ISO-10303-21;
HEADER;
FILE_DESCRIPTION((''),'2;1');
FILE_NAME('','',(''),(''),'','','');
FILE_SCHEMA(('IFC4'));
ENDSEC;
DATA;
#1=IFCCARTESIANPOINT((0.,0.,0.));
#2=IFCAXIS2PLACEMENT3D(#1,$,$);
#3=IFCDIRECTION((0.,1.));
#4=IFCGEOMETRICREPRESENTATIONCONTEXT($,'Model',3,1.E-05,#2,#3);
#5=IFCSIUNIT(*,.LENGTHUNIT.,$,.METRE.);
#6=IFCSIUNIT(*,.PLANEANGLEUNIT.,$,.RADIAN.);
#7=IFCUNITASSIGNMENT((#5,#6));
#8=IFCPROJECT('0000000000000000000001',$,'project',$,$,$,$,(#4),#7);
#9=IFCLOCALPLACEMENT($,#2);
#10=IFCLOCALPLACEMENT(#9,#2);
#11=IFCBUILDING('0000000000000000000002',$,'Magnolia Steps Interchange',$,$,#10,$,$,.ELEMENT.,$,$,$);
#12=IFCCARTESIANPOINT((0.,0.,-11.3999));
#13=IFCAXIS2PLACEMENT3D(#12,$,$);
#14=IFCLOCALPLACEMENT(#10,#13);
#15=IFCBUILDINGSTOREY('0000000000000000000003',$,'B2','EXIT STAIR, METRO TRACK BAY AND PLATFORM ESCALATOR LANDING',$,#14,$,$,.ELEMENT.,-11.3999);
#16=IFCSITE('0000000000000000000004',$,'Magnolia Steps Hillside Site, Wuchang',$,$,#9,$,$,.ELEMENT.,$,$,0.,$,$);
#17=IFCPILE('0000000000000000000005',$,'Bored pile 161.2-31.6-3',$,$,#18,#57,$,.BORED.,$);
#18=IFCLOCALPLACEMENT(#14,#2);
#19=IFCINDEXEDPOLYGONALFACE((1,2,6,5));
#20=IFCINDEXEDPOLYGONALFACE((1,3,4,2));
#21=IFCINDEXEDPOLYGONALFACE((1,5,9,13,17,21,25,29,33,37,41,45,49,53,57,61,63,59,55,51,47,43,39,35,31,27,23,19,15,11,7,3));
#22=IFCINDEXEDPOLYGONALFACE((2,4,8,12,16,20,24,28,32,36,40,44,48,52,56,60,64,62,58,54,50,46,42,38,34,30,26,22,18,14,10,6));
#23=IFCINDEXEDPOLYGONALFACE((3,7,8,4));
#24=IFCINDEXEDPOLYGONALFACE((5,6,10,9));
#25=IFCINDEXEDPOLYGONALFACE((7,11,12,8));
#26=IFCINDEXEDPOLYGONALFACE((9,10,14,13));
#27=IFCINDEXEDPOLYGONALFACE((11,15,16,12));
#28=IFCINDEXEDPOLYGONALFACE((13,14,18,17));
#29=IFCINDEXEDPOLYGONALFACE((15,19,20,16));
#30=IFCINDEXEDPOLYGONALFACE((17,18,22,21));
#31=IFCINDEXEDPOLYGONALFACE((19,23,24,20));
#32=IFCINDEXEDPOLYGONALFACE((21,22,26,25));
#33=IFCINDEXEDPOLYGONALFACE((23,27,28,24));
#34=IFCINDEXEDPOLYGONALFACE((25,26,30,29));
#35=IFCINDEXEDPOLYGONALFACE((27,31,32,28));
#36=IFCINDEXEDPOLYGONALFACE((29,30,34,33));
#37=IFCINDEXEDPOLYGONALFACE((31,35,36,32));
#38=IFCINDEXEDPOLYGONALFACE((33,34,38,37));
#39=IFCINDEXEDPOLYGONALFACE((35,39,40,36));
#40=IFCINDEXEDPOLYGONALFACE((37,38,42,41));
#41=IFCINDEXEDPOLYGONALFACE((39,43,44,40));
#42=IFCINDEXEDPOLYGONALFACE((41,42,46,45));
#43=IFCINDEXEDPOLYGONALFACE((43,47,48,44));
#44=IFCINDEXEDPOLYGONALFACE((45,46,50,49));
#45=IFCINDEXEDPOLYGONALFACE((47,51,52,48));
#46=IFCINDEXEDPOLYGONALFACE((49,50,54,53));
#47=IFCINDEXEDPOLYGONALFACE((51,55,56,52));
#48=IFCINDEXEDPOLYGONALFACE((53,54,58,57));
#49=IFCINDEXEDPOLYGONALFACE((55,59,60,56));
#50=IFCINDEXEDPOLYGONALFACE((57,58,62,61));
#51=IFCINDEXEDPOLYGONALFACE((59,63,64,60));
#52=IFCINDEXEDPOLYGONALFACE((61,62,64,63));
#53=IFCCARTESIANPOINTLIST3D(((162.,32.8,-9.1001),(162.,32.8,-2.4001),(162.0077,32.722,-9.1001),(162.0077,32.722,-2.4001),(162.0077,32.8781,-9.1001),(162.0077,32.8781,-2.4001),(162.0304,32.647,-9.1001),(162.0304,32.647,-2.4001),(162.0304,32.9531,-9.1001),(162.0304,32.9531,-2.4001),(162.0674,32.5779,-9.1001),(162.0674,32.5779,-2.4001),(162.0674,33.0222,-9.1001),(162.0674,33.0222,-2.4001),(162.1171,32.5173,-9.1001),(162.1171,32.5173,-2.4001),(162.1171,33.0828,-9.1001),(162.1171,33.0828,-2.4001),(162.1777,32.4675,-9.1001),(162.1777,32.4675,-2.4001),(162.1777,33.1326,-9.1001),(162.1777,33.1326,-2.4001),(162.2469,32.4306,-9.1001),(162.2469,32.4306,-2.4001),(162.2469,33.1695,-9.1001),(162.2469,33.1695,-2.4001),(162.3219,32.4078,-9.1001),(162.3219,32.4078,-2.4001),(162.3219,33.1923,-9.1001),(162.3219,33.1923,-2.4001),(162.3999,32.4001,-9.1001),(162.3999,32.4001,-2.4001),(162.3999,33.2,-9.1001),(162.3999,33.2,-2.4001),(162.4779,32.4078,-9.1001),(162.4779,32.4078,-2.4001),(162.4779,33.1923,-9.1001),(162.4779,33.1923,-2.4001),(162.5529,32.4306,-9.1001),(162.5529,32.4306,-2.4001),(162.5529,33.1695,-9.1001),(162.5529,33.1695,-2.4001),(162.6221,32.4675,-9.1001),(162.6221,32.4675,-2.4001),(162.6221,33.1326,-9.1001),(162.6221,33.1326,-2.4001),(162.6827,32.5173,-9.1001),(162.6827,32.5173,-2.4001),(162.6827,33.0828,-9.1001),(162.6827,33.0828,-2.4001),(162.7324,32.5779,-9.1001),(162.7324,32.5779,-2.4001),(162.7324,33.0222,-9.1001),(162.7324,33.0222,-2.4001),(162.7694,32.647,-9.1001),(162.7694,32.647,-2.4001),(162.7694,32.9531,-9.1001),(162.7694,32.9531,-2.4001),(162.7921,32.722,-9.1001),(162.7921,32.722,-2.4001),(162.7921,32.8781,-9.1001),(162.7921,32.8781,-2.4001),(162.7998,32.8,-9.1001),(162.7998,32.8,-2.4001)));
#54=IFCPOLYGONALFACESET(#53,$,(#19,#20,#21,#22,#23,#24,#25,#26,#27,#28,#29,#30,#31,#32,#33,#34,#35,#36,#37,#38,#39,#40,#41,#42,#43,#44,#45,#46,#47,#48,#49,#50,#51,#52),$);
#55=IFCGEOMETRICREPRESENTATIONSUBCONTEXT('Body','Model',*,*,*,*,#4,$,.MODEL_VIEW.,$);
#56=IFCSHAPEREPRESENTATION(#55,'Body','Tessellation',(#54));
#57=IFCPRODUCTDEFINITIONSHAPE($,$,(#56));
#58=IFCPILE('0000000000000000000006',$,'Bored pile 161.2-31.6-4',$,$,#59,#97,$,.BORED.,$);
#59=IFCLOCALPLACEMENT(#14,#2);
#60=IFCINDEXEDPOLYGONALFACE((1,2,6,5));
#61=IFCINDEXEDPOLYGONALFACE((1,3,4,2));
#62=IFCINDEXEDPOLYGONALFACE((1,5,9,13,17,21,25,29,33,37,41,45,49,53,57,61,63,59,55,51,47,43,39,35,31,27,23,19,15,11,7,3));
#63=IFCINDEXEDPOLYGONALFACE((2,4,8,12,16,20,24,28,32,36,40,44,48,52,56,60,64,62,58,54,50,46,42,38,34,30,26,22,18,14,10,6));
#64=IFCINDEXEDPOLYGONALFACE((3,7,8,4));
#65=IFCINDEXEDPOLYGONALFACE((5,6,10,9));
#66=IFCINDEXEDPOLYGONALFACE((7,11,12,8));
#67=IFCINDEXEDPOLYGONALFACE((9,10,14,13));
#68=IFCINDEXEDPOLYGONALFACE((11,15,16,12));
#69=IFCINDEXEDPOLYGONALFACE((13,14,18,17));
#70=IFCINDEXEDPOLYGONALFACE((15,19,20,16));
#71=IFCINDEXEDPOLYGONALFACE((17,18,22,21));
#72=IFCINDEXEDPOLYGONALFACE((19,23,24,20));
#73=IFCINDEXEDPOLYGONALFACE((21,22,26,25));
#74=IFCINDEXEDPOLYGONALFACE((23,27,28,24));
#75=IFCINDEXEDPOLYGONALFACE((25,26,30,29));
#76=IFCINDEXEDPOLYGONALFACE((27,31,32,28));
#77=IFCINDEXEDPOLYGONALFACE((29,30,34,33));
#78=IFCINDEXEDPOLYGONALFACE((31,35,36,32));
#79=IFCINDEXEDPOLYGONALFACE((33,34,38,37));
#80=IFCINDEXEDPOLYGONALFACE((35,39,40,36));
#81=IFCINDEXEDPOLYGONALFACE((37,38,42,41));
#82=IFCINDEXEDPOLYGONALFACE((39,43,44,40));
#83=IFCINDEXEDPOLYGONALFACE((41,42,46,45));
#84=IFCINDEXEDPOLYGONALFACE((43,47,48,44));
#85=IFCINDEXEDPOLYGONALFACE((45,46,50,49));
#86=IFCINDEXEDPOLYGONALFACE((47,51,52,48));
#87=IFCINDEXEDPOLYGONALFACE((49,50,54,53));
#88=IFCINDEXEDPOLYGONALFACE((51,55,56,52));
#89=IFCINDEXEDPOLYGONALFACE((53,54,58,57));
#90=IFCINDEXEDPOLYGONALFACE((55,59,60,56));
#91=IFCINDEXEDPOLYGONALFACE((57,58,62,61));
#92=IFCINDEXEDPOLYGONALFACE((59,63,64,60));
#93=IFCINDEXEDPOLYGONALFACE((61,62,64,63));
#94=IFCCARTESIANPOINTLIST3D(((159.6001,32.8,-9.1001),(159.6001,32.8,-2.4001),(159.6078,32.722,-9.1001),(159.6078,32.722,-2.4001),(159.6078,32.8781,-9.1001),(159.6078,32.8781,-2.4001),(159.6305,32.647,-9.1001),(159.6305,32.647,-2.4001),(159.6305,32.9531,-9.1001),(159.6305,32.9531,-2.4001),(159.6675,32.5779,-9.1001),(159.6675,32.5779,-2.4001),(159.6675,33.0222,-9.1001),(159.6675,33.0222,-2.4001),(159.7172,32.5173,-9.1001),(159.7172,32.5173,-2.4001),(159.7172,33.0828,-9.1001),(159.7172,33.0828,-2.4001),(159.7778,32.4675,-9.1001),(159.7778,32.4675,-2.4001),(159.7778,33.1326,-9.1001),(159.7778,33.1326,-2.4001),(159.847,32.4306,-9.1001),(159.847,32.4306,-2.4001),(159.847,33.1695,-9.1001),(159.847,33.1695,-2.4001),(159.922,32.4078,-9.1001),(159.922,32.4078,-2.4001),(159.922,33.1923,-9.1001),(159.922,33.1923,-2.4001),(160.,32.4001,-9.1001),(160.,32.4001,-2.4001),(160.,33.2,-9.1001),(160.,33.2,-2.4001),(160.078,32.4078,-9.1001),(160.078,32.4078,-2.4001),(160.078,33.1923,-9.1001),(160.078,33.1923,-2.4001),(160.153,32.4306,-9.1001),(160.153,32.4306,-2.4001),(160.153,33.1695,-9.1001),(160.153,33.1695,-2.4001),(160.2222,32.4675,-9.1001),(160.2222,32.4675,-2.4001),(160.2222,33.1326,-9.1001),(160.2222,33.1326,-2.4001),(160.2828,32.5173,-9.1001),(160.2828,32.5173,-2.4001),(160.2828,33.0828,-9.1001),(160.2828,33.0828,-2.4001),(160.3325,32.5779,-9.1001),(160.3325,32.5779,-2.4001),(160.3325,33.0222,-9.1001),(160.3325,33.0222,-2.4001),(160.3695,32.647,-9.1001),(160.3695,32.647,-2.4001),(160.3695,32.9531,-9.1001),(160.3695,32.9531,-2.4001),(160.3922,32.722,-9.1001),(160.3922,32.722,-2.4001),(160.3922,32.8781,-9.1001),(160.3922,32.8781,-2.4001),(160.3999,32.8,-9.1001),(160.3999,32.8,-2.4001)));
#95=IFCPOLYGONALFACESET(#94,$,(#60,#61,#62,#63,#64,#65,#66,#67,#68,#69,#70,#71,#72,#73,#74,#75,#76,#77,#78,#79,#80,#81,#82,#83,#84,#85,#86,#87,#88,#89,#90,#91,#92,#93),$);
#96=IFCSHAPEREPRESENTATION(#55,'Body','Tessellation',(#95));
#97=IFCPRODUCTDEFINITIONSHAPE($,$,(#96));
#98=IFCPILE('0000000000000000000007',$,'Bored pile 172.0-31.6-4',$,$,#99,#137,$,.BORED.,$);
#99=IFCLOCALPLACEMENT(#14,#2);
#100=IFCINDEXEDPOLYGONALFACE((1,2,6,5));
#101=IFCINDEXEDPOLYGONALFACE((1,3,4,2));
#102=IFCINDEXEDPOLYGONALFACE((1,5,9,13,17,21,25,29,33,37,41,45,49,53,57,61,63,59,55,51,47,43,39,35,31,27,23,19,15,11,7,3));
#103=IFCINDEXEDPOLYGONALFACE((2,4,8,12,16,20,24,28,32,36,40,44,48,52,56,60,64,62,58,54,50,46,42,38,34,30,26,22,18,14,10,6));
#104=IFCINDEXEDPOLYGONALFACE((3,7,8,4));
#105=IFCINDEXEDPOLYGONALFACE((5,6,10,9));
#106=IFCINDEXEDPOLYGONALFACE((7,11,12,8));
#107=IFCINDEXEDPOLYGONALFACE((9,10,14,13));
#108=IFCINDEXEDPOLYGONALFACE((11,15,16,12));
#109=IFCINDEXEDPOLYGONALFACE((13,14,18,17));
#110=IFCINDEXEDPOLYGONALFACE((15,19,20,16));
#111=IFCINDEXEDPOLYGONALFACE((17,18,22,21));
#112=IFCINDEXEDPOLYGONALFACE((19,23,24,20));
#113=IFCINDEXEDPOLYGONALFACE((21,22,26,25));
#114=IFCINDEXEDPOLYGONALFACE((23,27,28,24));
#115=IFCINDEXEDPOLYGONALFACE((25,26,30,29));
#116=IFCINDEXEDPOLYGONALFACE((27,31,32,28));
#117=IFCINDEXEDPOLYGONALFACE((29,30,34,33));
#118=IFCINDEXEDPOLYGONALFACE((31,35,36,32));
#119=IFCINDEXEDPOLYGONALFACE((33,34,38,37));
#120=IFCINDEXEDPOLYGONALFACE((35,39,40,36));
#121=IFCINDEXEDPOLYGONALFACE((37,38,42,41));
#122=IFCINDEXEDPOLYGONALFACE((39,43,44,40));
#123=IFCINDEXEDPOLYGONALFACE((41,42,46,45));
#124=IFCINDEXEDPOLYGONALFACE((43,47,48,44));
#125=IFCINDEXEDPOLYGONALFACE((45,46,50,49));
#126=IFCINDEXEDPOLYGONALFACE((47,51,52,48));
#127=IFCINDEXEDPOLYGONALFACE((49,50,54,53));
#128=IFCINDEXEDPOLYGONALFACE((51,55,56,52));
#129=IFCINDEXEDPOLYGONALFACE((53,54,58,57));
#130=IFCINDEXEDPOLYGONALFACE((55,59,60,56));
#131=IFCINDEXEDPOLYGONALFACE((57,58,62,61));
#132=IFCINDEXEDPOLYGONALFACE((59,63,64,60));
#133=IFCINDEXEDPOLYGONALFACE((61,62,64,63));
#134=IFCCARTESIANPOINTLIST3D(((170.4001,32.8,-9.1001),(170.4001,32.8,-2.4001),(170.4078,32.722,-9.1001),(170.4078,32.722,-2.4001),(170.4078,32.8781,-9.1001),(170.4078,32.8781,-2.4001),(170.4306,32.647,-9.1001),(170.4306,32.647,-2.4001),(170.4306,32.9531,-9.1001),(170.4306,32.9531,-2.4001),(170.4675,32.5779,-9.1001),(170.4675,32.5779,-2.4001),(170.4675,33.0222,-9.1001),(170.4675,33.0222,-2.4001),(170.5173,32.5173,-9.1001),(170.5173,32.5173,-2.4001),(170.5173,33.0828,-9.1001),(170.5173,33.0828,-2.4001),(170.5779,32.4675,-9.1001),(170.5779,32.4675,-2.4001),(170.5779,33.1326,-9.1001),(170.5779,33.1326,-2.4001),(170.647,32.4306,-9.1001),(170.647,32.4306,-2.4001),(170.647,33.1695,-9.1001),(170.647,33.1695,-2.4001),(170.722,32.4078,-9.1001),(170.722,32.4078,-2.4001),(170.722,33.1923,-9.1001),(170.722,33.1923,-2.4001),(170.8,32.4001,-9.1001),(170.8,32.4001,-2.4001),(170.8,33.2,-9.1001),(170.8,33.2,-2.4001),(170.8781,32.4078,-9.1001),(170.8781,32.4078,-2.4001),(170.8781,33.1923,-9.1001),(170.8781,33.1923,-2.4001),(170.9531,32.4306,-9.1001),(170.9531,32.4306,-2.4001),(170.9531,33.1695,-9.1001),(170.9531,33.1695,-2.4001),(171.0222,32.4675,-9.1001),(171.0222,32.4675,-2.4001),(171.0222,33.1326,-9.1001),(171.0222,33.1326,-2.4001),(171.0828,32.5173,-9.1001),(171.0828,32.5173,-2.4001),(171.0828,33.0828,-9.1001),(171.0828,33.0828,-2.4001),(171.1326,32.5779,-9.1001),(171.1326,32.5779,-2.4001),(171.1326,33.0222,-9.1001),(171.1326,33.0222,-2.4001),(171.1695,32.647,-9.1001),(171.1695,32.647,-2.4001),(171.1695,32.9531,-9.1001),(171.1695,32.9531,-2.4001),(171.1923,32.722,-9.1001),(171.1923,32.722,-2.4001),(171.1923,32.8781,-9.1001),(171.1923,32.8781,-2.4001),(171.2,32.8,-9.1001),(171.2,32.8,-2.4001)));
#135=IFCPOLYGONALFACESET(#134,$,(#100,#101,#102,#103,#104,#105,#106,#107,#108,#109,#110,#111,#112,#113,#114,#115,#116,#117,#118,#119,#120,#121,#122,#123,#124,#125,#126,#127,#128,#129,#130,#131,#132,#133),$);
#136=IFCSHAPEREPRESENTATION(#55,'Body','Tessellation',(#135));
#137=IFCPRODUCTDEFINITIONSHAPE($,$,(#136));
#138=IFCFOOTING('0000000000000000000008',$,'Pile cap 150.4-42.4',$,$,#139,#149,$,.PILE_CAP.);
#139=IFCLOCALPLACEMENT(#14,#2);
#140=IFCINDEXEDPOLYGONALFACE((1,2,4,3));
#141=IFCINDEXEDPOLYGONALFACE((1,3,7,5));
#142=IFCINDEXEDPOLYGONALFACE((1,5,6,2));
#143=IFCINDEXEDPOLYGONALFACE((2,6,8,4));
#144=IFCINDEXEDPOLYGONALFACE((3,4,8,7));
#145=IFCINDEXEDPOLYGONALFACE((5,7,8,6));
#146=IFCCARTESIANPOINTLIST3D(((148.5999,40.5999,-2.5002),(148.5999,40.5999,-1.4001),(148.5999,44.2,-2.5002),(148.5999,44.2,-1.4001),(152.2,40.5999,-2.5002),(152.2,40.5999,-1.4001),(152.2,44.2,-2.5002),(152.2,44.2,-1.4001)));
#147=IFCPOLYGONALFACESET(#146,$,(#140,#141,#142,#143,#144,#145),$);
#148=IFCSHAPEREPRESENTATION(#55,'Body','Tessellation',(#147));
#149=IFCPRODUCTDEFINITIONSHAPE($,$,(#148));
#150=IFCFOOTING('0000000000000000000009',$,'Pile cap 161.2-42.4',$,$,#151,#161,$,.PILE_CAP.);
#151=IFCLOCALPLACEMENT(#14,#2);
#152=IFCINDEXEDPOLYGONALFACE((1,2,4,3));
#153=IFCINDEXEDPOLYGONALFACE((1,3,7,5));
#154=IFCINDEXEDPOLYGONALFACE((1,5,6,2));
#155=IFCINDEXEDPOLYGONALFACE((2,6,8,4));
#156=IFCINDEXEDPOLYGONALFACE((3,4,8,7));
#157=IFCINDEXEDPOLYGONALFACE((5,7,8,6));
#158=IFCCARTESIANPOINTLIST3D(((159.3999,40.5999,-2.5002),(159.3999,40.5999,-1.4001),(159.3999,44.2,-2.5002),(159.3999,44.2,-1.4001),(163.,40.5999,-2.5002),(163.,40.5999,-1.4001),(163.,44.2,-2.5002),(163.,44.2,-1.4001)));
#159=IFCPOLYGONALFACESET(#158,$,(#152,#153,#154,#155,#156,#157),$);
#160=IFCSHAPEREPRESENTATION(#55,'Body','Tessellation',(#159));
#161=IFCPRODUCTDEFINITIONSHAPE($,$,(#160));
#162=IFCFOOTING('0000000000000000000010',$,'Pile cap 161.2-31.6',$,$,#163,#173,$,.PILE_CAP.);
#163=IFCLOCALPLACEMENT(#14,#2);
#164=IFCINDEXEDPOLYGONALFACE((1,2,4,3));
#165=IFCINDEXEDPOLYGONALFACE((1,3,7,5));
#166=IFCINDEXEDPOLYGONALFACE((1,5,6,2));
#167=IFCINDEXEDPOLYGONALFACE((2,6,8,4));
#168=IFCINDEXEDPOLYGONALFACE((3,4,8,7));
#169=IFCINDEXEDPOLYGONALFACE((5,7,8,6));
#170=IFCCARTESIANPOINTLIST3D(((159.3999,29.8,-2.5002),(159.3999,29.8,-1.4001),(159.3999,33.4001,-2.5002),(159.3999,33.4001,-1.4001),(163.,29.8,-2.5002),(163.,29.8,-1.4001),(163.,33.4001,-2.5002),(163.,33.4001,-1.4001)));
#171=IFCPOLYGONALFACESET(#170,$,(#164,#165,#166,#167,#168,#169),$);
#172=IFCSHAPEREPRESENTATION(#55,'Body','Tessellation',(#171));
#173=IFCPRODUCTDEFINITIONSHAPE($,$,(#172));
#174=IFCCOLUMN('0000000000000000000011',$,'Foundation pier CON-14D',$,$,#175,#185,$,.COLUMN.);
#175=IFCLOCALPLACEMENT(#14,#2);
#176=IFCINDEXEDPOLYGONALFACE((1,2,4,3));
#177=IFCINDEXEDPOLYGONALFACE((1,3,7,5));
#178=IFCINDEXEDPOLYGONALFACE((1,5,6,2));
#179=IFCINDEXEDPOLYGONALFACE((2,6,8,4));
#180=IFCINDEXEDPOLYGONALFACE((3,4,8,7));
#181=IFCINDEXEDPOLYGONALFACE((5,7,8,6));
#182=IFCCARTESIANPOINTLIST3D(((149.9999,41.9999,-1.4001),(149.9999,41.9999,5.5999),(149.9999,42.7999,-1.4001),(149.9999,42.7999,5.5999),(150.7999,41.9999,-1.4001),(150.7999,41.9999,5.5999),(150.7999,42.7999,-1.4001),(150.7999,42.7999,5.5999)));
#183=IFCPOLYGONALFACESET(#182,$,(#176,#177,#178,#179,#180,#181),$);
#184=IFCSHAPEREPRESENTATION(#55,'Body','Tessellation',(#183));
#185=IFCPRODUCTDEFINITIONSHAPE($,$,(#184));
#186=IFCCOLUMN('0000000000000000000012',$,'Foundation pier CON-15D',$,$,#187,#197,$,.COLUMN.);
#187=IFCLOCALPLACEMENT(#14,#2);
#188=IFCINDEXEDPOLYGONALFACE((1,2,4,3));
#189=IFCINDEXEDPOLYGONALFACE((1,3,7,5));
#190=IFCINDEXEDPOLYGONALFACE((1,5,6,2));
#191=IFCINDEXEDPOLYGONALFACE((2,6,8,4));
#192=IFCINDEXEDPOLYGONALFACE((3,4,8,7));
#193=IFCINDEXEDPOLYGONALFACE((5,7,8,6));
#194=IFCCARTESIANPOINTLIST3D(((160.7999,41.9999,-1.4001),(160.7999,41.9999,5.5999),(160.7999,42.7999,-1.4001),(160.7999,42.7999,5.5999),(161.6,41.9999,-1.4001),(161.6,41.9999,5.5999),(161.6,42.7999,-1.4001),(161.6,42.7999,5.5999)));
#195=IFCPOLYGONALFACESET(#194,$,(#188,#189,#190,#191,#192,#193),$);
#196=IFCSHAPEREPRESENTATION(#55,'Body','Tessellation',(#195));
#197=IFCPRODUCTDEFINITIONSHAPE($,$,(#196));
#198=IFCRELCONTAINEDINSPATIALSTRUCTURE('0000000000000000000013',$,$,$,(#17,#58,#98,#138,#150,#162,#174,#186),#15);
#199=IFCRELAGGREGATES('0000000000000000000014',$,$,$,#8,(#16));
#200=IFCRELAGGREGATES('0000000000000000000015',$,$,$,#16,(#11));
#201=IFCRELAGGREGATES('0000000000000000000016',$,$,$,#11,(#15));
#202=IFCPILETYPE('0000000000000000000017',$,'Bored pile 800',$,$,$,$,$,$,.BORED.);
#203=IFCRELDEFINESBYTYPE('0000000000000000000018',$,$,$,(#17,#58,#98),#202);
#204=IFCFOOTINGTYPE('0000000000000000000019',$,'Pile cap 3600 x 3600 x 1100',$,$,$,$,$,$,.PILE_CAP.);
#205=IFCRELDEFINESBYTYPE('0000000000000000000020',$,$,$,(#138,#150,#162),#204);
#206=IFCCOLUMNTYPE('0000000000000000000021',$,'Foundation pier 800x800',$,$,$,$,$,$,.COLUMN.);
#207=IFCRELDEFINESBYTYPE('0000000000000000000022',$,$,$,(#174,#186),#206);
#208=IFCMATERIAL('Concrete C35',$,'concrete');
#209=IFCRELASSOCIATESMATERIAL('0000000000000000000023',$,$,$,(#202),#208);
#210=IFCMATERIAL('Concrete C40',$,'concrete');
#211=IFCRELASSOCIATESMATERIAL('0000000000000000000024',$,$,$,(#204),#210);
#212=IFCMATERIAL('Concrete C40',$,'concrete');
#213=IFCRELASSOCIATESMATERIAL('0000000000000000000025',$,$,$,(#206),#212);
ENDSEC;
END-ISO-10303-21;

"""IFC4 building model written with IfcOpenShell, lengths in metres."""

from ifc_helpers import new_model, si_unit, direction, frame, origin, origin_2d, place, context, subcontext, project, spatial, rectangle, circle, extrude, material, material_profile, profile_set, type_object, element, save


model = new_model("IFC4")

# Units and contexts
model_context = context("Model", 3, precision=1e-05, world=origin(), true_north=direction((0.0, 1.0)))
body_context = subcontext(model_context, "Body", "Model", "MODEL_VIEW")
ifc_project = project(units=[si_unit("LENGTHUNIT", "METRE"), si_unit("PLANEANGLEUNIT", "RADIAN")], contexts=[model_context])

# Site, building, storey
site_placement = place(None, origin())
site = spatial("IfcSite", under=ifc_project, at=site_placement, Name="Magnolia Steps Hillside Site, Wuchang", CompositionType="ELEMENT", RefElevation=0.0)
building_placement = place(site_placement, origin())
building = spatial("IfcBuilding", under=site, at=building_placement, Name="Magnolia Steps Interchange", CompositionType="ELEMENT")
storey_placement = place(building_placement, frame((0.0, 0.0, -11.3999)))
storey = spatial("IfcBuildingStorey", under=building, at=storey_placement, Name="B2", Description="EXIT STAIR, METRO TRACK BAY AND PLATFORM ESCALATOR LANDING", CompositionType="ELEMENT", Elevation=-11.3999)

# Piles
ifc_material_1 = material(Name="Concrete C35", Category="concrete")
ifc_material_profile_1 = material_profile(ifc_material_1, circle(Radius=0.3999, at=origin_2d()), Name="Bored pile 800")
ifc_profile_set_1 = profile_set([ifc_material_profile_1], Name="Concrete C35")
pile_type = type_object("IfcPileType", Name="Bored pile 800", PredefinedType="BORED", material=ifc_profile_set_1)
for number, where, z_axis, x_axis, name in (
    (1, (162.3999, 32.8, -2.4001), (0.0, 0.0, -1.0), (1.0, 0.0, 0.0), "Bored pile 161.2-31.6-3"),
    (2, (160.0, 32.8, -2.4001), (0.0, 0.0, -1.0), (1.0, 0.0, 0.0), "Bored pile 161.2-31.6-4"),
    (3, (170.8, 32.8, -2.4001), (0.0, 0.0, -1.0), (1.0, 0.0, 0.0), "Bored pile 172.0-31.6-4"),
):
    element("IfcPile", number, at=place(storey_placement, frame(where, z_axis=z_axis, x_axis=x_axis)), inside=storey, type_object=pile_type, Name=name, PredefinedType="BORED", context=body_context, shape_type="SweptSolid", body=[
        extrude(circle(Radius=0.3999, at=origin_2d()), origin(), (0.0, 0.0, 1.0), 6.7),
    ])

# Footings
ifc_material_2 = material(Name="Concrete C40", Category="concrete")
footing_type = type_object("IfcFootingType", Name="Pile cap 3600 x 3600 x 1100", PredefinedType="PILE_CAP", material=ifc_material_2)
for number, where, z_axis, x_axis, name in (
    (4, (150.3999, 42.3999, -2.5002), (0.0, 0.0, 1.0), (1.0, 0.0, 0.0), "Pile cap 150.4-42.4"),
    (5, (161.2, 42.3999, -2.5002), (0.0, 0.0, 1.0), (1.0, 0.0, 0.0), "Pile cap 161.2-42.4"),
    (6, (161.2, 31.6001, -2.5002), (0.0, 0.0, 1.0), (1.0, 0.0, 0.0), "Pile cap 161.2-31.6"),
):
    element("IfcFooting", number, at=place(storey_placement, frame(where, z_axis=z_axis, x_axis=x_axis)), inside=storey, type_object=footing_type, Name=name, PredefinedType="PILE_CAP", context=body_context, shape_type="SweptSolid", body=[
        extrude(rectangle(XDim=3.6001, YDim=3.6001, at=origin_2d()), origin(), (0.0, 0.0, 1.0), 1.1001),
    ])

# Columns
ifc_material_3 = material(Name="Concrete C40", Category="concrete")
ifc_material_profile_2 = material_profile(ifc_material_3, rectangle(XDim=0.8, YDim=0.8, at=origin_2d()), Name="RC800x800")
ifc_profile_set_2 = profile_set([ifc_material_profile_2], Name="Concrete C40")
column_type = type_object("IfcColumnType", Name="Foundation pier 800x800", PredefinedType="COLUMN", material=ifc_profile_set_2)
for number, where, z_axis, x_axis, name in (
    (7, (150.3999, 42.3999, -1.4001), (0.0, 0.0, 1.0), (1.0, 0.0, 0.0), "Foundation pier CON-14D"),
    (8, (161.2, 42.3999, -1.4001), (0.0, 0.0, 1.0), (1.0, 0.0, 0.0), "Foundation pier CON-15D"),
):
    element("IfcColumn", number, at=place(storey_placement, frame(where, z_axis=z_axis, x_axis=x_axis)), inside=storey, type_object=column_type, Name=name, PredefinedType="COLUMN", context=body_context, shape_type="SweptSolid", body=[
        extrude(rectangle(XDim=0.8, YDim=0.8, at=origin_2d()), origin(), (0.0, 0.0, 1.0), 7.0),
    ])

save(model, "model.ifc")
